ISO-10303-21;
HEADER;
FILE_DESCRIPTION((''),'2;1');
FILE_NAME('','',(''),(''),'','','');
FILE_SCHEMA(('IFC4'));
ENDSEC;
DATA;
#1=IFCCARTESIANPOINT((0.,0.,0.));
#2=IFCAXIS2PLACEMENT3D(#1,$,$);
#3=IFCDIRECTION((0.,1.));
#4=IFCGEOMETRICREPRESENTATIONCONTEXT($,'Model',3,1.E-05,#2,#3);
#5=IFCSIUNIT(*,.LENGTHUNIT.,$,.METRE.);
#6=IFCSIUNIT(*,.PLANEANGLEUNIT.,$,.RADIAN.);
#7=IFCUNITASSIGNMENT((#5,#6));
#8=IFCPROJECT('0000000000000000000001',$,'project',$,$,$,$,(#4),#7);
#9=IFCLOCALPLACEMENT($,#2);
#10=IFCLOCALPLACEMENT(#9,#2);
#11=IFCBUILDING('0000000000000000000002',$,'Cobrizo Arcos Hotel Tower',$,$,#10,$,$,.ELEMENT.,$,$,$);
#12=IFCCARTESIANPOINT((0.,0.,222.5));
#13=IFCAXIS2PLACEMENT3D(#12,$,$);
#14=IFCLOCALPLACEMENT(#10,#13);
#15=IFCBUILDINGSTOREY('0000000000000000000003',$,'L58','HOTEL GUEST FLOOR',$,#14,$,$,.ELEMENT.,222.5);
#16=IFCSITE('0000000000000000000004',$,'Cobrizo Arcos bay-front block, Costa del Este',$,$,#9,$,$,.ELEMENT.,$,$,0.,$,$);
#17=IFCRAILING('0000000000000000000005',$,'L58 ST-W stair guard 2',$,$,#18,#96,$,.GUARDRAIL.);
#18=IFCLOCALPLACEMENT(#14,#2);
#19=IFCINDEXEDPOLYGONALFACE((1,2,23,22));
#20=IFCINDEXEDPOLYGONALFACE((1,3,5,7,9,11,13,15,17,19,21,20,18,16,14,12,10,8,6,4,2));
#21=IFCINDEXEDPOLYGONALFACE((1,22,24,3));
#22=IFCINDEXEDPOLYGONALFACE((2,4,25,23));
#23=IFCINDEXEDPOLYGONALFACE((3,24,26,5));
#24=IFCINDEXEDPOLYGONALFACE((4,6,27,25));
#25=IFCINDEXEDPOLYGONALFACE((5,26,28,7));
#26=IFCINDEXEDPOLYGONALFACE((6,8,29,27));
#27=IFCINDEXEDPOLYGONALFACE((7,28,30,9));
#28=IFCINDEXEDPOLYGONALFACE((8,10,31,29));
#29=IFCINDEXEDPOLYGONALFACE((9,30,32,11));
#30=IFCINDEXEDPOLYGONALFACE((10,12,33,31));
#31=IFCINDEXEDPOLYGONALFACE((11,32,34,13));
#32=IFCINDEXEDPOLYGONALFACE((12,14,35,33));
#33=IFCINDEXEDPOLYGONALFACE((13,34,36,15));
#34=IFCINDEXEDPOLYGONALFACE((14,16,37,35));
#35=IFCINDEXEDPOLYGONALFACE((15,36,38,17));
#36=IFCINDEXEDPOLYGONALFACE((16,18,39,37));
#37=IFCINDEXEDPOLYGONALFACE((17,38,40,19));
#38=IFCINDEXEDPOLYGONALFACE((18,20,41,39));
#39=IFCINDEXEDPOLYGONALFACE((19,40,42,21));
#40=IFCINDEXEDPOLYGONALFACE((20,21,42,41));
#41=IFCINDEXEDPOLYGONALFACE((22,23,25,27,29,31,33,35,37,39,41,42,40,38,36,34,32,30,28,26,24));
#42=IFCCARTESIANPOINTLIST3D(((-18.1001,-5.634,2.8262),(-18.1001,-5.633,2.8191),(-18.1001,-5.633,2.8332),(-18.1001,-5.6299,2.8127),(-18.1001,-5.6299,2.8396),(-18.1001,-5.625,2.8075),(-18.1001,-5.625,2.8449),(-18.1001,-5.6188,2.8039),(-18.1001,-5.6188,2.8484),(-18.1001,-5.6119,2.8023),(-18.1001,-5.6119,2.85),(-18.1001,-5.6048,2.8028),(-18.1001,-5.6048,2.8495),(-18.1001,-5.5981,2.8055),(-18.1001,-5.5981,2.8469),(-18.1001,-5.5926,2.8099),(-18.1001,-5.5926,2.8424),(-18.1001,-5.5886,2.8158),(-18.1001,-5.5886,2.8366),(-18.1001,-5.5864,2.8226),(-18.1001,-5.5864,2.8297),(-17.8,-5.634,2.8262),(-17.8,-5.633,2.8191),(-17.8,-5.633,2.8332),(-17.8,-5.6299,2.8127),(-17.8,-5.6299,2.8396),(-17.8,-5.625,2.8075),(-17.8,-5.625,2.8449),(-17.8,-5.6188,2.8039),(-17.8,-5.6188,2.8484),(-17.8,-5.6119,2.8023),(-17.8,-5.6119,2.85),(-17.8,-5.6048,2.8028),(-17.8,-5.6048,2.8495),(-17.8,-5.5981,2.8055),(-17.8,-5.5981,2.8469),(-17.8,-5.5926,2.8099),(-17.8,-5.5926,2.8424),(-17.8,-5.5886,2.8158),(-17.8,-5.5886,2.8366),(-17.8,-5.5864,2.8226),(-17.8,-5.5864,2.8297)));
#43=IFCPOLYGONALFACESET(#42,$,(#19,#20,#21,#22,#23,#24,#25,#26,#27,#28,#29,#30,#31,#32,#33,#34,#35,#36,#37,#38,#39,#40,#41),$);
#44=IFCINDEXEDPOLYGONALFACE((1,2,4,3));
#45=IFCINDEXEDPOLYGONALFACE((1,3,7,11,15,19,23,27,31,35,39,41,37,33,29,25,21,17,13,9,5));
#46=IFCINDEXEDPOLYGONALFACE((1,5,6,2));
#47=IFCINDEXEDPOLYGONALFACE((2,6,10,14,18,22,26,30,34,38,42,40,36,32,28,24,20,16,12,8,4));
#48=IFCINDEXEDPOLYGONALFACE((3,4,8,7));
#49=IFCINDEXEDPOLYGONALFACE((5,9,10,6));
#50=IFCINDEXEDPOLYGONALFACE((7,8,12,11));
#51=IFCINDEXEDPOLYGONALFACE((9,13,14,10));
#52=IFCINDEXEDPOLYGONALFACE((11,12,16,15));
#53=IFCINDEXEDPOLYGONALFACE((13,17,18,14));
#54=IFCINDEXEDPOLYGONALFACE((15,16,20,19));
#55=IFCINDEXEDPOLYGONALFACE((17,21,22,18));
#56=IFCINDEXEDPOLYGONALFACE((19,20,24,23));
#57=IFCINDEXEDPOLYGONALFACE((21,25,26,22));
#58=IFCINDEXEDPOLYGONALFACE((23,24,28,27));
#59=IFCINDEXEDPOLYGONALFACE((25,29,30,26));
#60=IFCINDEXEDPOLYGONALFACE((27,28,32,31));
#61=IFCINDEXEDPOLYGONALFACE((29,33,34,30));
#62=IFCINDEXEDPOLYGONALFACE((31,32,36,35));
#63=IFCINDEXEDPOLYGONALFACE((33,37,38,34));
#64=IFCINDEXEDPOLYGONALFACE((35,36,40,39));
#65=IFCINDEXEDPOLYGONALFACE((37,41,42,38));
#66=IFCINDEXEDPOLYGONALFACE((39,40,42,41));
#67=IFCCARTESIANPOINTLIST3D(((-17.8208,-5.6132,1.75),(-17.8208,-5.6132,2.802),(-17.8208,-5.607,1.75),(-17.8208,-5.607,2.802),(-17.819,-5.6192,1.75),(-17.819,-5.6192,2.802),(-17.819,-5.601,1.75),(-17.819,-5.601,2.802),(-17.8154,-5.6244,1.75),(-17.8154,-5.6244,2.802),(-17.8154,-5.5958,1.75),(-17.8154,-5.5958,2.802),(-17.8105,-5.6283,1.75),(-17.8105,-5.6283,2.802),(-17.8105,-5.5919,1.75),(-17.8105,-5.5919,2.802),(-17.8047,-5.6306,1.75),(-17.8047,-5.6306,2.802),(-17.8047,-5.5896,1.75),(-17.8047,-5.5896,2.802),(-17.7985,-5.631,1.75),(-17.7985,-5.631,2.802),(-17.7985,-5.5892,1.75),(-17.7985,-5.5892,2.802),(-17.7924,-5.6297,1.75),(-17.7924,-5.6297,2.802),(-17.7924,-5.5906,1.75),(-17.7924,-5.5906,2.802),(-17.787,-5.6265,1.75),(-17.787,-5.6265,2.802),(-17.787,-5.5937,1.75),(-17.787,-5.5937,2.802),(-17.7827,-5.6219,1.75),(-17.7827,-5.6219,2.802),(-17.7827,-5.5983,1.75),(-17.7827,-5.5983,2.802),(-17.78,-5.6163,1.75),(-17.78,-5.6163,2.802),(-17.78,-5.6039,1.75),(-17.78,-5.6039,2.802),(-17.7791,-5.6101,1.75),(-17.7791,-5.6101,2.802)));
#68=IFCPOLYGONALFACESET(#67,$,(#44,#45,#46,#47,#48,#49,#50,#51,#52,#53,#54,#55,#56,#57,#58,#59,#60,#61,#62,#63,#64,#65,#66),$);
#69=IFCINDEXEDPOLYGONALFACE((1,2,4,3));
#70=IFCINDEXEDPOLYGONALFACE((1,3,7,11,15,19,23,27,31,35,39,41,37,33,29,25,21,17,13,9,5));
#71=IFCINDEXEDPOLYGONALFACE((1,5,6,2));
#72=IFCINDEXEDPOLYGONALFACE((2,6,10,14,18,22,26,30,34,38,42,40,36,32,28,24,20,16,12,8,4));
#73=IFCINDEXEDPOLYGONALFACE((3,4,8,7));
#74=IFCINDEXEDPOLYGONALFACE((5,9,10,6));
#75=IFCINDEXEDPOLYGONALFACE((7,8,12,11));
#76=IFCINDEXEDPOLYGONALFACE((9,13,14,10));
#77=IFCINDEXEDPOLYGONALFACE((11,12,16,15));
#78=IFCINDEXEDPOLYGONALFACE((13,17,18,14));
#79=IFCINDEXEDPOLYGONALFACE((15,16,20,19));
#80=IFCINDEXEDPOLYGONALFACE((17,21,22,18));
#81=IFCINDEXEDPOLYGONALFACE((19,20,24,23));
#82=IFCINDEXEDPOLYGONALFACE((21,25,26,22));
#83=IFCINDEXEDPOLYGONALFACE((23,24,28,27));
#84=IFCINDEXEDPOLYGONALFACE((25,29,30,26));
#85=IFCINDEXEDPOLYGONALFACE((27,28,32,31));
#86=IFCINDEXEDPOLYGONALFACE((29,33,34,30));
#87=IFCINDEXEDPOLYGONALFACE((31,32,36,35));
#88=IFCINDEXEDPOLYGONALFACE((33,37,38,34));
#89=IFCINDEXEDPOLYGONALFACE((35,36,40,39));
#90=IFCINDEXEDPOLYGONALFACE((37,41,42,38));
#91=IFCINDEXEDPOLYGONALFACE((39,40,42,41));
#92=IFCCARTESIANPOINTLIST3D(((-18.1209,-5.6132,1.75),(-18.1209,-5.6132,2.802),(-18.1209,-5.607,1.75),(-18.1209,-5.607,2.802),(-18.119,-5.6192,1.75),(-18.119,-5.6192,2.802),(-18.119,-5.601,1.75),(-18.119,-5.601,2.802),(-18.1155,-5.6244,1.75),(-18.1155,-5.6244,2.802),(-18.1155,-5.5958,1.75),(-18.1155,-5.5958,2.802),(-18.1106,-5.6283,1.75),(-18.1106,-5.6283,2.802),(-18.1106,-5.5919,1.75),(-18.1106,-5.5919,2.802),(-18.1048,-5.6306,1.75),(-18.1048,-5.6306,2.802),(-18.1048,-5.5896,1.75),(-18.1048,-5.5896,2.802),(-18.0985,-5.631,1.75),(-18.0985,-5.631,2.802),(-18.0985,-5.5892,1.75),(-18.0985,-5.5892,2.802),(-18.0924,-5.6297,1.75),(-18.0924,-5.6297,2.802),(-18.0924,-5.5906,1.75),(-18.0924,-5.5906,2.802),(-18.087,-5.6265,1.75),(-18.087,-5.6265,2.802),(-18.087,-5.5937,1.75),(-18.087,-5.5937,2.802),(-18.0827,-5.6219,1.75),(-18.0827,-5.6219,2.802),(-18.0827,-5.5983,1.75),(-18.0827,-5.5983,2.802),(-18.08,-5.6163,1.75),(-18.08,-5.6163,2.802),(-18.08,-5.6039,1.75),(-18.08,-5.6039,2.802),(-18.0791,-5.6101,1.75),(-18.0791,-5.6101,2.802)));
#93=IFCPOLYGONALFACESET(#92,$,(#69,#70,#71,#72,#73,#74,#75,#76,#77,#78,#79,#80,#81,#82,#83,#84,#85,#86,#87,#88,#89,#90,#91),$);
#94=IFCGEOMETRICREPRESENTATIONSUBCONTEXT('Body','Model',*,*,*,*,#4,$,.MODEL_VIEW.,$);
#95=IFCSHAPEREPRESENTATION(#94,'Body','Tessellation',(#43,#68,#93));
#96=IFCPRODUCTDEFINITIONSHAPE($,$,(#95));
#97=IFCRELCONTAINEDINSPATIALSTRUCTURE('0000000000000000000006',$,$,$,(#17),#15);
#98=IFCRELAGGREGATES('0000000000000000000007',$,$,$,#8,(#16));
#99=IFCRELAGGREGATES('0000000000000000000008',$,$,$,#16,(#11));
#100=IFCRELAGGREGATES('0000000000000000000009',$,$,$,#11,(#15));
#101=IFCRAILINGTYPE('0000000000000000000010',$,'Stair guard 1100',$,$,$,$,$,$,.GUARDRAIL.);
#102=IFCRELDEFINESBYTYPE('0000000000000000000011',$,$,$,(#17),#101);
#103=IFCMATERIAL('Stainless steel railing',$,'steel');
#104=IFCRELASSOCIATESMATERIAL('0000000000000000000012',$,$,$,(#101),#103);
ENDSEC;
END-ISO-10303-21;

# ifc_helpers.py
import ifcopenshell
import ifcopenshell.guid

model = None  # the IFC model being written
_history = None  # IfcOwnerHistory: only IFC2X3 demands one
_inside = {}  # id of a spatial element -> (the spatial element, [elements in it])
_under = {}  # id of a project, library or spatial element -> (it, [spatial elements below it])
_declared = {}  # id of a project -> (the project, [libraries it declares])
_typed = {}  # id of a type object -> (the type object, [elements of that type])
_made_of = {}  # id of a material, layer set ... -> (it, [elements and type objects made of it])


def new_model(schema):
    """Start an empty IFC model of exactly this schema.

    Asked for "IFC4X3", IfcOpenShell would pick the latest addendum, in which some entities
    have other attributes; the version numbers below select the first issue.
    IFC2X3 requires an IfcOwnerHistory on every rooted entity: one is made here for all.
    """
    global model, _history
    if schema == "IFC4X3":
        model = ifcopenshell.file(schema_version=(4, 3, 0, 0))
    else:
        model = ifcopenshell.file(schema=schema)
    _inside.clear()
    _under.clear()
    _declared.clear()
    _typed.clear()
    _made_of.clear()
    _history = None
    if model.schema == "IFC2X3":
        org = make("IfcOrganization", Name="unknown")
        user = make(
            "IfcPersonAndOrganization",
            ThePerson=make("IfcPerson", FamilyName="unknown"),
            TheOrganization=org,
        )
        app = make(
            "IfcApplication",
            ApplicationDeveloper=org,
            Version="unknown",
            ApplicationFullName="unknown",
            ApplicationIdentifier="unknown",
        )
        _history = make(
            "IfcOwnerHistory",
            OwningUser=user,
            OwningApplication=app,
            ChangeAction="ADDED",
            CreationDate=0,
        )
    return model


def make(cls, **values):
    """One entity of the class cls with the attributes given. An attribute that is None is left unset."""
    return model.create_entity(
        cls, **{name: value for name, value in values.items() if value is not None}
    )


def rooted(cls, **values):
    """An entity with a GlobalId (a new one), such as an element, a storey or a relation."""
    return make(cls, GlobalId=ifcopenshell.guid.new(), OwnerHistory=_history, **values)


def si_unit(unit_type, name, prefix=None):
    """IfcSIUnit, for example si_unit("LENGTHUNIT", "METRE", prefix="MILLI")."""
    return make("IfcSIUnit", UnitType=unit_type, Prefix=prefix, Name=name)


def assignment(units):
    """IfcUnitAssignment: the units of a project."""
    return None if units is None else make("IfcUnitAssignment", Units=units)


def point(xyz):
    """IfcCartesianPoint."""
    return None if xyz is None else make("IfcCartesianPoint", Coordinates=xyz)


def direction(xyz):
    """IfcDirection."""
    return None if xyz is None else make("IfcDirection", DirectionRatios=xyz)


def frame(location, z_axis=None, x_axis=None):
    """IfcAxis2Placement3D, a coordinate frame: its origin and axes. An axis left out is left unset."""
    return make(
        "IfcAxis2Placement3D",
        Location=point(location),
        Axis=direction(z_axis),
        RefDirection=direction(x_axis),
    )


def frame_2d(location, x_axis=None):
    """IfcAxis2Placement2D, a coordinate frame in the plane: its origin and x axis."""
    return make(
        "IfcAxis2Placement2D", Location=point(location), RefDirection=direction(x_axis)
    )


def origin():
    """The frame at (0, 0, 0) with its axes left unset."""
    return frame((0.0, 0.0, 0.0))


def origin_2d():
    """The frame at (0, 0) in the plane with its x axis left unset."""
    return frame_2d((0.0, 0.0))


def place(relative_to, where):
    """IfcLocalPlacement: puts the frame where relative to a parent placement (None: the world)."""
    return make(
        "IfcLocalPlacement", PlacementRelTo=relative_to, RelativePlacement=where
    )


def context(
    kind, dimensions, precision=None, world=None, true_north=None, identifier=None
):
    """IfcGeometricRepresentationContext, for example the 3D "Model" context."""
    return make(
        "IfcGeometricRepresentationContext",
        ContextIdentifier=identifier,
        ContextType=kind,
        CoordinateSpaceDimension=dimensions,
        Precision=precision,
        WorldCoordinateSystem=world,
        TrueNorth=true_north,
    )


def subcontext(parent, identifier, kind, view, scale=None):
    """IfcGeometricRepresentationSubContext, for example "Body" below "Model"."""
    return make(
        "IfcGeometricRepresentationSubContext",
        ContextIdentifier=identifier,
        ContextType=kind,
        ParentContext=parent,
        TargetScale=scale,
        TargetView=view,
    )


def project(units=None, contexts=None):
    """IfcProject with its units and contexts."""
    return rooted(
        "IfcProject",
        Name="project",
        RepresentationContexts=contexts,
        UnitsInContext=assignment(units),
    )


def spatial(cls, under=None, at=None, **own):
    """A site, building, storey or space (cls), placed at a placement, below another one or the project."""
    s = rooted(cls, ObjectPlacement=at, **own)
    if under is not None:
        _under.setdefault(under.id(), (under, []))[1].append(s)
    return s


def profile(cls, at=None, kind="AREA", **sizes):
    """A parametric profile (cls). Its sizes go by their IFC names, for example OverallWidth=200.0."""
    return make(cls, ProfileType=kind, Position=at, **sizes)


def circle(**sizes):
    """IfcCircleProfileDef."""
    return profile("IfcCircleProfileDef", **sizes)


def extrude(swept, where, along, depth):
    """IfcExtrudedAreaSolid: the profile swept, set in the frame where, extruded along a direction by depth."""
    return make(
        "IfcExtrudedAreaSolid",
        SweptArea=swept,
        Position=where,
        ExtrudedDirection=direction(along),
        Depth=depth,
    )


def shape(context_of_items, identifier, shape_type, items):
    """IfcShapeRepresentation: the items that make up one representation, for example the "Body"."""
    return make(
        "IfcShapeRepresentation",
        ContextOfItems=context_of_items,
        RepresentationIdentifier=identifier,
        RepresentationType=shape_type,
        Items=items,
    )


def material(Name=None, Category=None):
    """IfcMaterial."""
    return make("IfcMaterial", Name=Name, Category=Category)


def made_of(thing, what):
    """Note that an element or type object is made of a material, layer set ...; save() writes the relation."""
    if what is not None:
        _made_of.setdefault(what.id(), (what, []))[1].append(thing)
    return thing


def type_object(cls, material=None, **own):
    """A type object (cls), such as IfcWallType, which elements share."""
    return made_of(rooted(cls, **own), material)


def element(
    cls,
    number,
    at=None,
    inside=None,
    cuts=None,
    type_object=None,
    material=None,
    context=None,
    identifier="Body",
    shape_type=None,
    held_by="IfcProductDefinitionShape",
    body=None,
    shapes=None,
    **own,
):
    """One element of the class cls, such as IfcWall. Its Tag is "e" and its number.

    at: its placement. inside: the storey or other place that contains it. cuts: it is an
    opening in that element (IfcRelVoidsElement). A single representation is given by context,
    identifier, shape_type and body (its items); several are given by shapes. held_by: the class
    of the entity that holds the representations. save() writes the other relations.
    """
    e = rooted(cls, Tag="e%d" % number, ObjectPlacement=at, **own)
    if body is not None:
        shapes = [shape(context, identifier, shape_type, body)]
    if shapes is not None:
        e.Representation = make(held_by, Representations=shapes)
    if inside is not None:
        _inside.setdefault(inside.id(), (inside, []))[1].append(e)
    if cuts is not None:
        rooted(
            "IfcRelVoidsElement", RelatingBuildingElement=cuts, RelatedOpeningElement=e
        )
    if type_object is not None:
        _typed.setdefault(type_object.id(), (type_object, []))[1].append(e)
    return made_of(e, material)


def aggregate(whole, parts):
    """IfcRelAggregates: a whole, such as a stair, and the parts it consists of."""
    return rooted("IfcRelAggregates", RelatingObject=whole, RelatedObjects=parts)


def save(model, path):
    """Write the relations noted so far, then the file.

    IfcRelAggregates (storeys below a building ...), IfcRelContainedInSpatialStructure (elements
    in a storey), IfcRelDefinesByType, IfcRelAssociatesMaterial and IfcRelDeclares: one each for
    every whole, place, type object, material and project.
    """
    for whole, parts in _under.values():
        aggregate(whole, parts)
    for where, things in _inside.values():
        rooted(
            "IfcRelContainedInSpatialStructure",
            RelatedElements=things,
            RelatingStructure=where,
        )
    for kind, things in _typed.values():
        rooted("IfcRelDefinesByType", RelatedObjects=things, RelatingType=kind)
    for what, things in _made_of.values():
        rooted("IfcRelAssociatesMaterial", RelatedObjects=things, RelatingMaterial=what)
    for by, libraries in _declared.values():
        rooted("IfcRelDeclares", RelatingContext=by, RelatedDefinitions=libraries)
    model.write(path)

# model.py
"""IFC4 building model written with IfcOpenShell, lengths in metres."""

from ifc_helpers import new_model, si_unit, direction, frame, origin, origin_2d, place, context, subcontext, project, spatial, circle, extrude, material, type_object, element, save


model = new_model("IFC4")

# Units and contexts
model_context = context("Model", 3, precision=1e-05, world=origin(), true_north=direction((0.0, 1.0)))
body_context = subcontext(model_context, "Body", "Model", "MODEL_VIEW")
ifc_project = project(units=[si_unit("LENGTHUNIT", "METRE"), si_unit("PLANEANGLEUNIT", "RADIAN")], contexts=[model_context])

# Site, building, storey
site_placement = place(None, origin())
site = spatial("IfcSite", under=ifc_project, at=site_placement, Name="Cobrizo Arcos bay-front block, Costa del Este", CompositionType="ELEMENT", RefElevation=0.0)
building_placement = place(site_placement, origin())
building = spatial("IfcBuilding", under=site, at=building_placement, Name="Cobrizo Arcos Hotel Tower", CompositionType="ELEMENT")
storey_placement = place(building_placement, frame((0.0, 0.0, 222.5)))
storey = spatial("IfcBuildingStorey", under=building, at=storey_placement, Name="L58", Description="HOTEL GUEST FLOOR", CompositionType="ELEMENT", Elevation=222.5)

# Railing
ifc_material_1 = material(Name="Stainless steel railing", Category="steel")
railing_type_1 = type_object("IfcRailingType", Name="Stair guard 1100", PredefinedType="GUARDRAIL", material=ifc_material_1)
railing_1_placement = place(storey_placement, frame((-17.8, -5.6101, 1.75)))
element("IfcRailing", 1, at=railing_1_placement, inside=storey, type_object=railing_type_1, Name="L58 ST-W stair guard 2", PredefinedType="GUARDRAIL", context=body_context, shape_type="SweptSolid", body=[
    extrude(circle(Radius=0.0239, at=origin_2d()), frame((0.0, 0.0, 1.0762), z_axis=(-1.0, 0.0, 0.0), x_axis=(0.0, -1.0, 0.0)), (0.0, 0.0, 1.0), 0.3),
    extrude(circle(Radius=0.021, at=origin_2d()), origin(), (0.0, 0.0, 1.0), 1.052),
    extrude(circle(Radius=0.021, at=origin_2d()), frame((-0.3, 0.0, 0.0)), (0.0, 0.0, 1.0), 1.052),
])

save(model, "model.ifc")
